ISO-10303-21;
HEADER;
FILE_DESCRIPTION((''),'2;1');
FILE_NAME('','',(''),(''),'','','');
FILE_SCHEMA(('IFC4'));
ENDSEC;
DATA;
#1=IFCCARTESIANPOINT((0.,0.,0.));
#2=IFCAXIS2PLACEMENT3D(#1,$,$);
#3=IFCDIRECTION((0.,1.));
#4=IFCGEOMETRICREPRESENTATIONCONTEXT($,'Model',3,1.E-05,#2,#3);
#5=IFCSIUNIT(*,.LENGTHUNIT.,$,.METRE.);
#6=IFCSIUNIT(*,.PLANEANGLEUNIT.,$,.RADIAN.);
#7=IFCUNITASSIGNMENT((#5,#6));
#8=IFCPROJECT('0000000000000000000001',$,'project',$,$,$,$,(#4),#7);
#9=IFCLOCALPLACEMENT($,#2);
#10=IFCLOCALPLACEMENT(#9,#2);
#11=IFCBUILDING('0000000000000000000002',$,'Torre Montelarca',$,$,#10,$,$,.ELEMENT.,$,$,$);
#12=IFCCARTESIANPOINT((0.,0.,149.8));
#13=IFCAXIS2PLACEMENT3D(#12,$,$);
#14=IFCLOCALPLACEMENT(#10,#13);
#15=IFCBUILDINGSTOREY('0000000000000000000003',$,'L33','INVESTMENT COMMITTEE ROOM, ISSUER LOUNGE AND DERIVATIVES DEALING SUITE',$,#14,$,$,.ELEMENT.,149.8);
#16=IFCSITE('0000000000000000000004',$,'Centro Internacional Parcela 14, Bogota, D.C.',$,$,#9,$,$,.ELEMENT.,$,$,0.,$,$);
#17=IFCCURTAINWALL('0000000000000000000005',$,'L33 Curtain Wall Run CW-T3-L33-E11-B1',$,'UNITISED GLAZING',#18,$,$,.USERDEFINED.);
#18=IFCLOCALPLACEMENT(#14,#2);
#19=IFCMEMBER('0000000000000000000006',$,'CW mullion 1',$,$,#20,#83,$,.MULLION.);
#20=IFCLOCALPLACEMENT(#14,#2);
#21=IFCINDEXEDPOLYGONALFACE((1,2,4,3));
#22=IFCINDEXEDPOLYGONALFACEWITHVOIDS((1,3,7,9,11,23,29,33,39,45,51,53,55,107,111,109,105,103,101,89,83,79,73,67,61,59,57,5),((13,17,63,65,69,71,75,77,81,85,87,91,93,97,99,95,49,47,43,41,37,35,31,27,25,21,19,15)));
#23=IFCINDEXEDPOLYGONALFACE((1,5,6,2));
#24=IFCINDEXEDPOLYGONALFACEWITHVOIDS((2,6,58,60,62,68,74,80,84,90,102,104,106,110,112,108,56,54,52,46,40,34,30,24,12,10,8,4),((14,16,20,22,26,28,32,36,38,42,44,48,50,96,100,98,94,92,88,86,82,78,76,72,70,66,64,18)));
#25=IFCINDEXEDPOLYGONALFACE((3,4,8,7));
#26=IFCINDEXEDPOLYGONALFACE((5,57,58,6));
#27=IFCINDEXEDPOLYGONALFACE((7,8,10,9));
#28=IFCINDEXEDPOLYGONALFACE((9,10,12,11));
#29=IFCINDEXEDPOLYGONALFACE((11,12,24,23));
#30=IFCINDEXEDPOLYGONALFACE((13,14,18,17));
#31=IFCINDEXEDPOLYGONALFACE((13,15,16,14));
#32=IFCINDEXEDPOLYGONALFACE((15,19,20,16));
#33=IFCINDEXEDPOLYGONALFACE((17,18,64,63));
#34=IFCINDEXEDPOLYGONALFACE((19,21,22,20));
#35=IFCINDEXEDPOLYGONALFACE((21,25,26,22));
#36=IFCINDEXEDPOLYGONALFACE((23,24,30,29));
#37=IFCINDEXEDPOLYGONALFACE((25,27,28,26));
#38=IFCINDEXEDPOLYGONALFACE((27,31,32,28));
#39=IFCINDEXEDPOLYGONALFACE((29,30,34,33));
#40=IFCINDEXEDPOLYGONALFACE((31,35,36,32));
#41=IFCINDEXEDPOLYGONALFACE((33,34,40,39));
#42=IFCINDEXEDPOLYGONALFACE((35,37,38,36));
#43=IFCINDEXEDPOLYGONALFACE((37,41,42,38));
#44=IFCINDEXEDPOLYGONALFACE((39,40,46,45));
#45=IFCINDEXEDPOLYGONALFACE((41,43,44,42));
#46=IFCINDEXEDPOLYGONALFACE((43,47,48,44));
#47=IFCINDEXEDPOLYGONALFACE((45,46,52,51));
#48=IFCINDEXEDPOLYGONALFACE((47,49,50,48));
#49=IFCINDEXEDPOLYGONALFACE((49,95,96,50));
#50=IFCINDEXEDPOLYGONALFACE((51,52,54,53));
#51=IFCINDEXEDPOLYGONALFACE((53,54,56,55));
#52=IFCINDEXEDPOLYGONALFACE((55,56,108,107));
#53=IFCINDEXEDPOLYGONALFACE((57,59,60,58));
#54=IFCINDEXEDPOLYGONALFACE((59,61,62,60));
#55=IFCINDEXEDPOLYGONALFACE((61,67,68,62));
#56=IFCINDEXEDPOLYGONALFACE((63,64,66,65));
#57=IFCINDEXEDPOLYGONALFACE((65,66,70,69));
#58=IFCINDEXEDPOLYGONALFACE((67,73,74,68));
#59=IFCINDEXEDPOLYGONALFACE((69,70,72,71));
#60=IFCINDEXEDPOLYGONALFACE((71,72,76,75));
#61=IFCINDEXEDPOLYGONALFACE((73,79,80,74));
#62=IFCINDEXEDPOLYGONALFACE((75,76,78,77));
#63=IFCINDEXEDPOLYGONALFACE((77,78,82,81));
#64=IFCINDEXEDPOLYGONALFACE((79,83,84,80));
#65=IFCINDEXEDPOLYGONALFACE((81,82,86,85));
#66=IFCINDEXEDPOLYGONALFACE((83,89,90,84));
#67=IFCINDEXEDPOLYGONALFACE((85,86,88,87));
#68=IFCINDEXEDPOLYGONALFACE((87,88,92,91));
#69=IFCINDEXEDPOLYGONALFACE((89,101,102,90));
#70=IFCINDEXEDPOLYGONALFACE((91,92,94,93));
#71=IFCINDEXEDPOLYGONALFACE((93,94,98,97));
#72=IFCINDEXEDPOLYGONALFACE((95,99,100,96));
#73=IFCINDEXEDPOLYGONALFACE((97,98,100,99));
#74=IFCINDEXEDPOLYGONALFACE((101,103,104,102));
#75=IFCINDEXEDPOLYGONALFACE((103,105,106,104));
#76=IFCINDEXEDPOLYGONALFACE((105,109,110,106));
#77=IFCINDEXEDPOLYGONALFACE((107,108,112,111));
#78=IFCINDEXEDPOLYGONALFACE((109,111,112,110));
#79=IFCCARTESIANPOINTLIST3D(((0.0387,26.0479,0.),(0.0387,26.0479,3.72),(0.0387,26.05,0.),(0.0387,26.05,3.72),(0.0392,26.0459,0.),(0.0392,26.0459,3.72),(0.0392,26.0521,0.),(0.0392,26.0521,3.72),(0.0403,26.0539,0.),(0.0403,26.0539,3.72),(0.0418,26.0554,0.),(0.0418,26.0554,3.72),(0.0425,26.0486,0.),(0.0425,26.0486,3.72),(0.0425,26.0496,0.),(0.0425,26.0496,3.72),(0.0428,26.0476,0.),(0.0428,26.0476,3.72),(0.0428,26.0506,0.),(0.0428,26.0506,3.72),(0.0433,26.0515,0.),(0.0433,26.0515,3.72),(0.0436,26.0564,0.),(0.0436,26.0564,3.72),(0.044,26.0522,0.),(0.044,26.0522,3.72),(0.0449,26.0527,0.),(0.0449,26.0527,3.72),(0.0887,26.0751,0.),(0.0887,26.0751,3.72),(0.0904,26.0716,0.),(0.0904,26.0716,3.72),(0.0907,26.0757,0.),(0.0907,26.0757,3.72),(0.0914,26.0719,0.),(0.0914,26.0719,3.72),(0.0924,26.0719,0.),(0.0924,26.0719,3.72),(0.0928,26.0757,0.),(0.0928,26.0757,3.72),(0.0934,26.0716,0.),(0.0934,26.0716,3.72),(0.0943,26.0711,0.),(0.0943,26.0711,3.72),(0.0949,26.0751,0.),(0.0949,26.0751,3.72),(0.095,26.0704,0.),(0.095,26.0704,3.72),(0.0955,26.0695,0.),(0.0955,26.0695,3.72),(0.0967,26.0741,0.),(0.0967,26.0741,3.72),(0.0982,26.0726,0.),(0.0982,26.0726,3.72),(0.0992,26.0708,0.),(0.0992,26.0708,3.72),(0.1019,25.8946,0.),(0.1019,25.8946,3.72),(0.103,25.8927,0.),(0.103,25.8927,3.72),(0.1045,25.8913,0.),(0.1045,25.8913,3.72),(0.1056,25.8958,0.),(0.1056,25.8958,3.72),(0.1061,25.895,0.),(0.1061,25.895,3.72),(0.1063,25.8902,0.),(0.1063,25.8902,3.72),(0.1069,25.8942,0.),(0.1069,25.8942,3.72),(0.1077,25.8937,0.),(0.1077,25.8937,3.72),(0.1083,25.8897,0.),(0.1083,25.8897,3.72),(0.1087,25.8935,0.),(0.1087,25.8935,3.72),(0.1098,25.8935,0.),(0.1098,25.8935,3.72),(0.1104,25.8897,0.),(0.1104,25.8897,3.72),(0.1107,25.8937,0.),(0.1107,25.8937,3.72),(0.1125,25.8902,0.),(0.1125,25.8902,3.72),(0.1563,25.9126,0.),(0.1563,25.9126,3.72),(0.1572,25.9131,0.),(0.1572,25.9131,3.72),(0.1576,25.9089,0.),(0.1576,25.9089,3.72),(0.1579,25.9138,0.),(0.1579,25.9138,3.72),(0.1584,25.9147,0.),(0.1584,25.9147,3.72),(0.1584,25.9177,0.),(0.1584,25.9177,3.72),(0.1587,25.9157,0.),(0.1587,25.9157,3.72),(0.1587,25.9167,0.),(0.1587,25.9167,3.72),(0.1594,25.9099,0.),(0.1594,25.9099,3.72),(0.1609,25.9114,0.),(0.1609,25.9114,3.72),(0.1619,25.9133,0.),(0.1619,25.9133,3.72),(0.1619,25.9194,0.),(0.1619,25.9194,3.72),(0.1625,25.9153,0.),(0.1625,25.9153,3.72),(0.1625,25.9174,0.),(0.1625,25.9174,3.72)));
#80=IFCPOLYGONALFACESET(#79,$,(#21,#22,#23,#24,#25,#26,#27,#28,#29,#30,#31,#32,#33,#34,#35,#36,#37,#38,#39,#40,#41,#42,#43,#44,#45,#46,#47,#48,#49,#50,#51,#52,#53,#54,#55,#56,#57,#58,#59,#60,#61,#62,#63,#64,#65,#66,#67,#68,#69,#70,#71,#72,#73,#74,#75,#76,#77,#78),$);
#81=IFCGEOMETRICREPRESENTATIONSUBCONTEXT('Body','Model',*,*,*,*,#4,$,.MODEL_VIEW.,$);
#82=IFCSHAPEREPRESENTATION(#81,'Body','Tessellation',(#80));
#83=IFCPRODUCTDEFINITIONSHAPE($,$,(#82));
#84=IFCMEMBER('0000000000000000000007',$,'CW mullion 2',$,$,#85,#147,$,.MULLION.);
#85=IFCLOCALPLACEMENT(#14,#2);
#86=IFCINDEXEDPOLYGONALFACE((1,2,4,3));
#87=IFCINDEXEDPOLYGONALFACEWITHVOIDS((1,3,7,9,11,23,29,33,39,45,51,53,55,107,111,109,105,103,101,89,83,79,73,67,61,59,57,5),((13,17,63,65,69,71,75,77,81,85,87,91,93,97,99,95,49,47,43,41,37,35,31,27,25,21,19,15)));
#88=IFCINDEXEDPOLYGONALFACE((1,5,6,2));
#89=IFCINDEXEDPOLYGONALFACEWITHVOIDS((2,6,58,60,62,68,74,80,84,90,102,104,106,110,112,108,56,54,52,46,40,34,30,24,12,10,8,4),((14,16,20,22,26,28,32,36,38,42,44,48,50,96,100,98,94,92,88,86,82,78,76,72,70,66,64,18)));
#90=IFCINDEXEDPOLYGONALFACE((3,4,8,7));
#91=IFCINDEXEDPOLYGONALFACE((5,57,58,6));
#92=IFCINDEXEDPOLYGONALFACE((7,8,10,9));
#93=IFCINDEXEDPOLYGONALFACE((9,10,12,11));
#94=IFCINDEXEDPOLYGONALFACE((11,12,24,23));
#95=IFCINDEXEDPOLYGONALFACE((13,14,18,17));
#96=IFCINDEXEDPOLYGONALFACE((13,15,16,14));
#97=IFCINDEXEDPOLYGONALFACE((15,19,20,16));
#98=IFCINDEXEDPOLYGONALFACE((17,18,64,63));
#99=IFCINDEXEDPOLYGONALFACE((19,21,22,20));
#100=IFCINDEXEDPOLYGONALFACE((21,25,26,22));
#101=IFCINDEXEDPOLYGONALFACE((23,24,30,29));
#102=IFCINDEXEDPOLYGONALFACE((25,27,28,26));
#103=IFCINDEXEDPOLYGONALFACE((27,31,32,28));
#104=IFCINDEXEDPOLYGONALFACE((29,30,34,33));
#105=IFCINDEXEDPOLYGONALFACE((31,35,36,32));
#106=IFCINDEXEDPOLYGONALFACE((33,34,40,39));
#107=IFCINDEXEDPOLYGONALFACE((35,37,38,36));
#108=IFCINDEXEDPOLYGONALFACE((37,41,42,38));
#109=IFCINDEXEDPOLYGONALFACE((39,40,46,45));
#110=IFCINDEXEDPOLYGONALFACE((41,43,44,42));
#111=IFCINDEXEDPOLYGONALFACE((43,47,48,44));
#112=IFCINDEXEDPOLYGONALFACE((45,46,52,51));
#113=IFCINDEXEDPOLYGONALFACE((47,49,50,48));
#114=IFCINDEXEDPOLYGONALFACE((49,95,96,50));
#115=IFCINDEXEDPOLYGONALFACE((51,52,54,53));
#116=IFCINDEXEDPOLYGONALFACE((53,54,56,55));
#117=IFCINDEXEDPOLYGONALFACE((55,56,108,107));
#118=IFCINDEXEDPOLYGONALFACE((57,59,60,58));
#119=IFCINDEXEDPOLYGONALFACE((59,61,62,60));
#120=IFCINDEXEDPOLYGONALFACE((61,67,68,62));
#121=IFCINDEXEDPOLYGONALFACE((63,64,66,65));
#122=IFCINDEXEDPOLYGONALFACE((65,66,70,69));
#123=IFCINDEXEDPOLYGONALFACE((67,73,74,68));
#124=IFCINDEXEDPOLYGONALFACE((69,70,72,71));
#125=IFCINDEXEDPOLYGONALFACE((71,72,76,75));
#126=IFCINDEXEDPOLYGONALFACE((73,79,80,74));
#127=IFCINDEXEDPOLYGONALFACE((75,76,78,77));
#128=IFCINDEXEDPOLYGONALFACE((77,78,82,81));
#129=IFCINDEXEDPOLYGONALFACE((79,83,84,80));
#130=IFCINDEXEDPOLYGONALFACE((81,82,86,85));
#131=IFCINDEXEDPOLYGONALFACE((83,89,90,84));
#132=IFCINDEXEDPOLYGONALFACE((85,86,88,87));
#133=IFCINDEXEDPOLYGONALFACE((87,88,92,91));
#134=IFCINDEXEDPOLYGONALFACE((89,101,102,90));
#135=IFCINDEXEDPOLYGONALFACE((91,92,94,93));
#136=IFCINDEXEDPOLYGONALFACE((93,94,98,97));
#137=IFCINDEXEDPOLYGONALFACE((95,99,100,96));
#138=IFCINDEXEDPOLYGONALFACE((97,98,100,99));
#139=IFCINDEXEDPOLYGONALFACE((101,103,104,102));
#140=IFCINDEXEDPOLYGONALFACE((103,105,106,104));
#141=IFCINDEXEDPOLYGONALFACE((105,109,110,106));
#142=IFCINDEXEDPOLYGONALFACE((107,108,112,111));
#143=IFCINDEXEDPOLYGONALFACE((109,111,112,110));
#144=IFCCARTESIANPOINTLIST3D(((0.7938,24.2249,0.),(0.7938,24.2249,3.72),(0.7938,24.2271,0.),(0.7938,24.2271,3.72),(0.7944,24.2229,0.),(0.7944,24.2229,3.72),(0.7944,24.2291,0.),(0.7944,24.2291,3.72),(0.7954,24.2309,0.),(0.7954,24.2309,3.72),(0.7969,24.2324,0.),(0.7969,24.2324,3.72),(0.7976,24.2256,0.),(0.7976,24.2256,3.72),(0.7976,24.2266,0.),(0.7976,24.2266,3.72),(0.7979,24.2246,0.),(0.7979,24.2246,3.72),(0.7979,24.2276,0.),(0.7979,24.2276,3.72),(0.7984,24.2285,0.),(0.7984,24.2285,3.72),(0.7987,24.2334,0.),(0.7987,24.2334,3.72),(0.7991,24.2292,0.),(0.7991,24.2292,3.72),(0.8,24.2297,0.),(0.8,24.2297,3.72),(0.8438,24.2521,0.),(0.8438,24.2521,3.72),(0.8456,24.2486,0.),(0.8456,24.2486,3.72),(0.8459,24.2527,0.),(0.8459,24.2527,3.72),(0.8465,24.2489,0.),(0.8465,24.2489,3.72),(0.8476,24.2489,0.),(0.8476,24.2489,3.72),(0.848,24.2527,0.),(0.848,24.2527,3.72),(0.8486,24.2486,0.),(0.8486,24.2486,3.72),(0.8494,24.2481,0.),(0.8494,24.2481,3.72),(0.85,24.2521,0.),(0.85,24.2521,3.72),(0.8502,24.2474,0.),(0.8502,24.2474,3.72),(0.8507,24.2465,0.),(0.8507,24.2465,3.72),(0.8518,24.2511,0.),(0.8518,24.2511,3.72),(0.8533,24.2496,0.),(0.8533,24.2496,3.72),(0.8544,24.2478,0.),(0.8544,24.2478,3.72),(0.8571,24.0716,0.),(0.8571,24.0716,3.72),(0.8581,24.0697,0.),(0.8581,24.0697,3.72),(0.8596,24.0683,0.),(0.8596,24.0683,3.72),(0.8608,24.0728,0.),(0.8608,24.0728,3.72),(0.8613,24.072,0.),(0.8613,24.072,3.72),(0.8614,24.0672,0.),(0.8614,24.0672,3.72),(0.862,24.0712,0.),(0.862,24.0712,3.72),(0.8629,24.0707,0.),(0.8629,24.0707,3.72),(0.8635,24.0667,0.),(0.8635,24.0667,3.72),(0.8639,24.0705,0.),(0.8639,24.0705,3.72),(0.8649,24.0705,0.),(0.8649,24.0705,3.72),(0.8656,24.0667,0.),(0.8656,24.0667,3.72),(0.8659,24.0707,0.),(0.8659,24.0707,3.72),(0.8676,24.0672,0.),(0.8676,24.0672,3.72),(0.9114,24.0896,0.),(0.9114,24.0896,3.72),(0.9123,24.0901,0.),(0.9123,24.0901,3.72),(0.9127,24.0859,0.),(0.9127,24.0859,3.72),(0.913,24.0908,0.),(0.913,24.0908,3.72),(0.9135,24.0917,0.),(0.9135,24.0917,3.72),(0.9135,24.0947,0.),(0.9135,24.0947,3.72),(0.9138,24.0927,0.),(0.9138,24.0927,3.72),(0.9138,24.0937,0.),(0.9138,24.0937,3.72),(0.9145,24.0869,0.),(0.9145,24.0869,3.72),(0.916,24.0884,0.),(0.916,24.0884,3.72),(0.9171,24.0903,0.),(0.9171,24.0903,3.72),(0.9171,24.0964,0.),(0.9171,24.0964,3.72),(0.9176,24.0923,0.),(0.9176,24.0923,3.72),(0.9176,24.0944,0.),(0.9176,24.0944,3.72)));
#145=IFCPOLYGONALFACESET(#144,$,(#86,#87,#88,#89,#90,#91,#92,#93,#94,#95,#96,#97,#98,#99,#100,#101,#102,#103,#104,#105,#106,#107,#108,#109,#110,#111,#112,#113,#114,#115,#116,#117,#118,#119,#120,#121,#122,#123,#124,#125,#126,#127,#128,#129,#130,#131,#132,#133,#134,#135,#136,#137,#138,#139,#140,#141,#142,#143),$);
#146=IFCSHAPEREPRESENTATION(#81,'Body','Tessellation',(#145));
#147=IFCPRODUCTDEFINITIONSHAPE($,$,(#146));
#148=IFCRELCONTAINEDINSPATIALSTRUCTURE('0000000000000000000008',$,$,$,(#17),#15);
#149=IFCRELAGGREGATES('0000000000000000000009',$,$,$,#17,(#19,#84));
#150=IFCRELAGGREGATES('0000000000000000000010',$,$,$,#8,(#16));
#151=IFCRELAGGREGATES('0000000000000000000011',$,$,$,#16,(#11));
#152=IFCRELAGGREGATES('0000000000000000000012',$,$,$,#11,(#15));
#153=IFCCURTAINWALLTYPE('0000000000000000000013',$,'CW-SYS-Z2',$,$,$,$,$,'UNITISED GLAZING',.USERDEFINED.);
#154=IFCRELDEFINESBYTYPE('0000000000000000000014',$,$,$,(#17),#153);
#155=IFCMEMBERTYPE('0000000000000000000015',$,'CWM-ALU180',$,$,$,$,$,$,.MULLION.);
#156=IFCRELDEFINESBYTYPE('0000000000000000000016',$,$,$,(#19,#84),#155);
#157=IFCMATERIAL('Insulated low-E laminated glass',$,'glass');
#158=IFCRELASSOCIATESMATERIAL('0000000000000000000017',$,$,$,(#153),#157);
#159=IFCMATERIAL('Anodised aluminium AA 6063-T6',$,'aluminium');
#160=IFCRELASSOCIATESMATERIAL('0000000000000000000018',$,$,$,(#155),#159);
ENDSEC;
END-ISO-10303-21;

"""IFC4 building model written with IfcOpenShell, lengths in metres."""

from ifc_helpers import new_model, si_unit, direction, frame, origin, origin_2d, place, context, subcontext, project, spatial, hollow_rectangle, extrude, source, transform, mapped, material, material_profile, profile_set, type_object, element, aggregate, save


model = new_model("IFC4")

# Units and contexts
model_context = context("Model", 3, precision=1e-05, world=origin(), true_north=direction((0.0, 1.0)))
body_context = subcontext(model_context, "Body", "Model", "MODEL_VIEW")
ifc_project = project(units=[si_unit("LENGTHUNIT", "METRE"), si_unit("PLANEANGLEUNIT", "RADIAN")], contexts=[model_context])

# Site, building, storey
site_placement = place(None, origin())
site = spatial("IfcSite", under=ifc_project, at=site_placement, Name="Centro Internacional Parcela 14, Bogota, D.C.", CompositionType="ELEMENT", RefElevation=0.0)
building_placement = place(site_placement, origin())
building = spatial("IfcBuilding", under=site, at=building_placement, Name="Torre Montelarca", CompositionType="ELEMENT")
storey_placement = place(building_placement, frame((0.0, 0.0, 149.8)))
storey = spatial("IfcBuildingStorey", under=building, at=storey_placement, Name="L33", Description="INVESTMENT COMMITTEE ROOM, ISSUER LOUNGE AND DERIVATIVES DEALING SUITE", CompositionType="ELEMENT", Elevation=149.8)

# Curtain wall, members
ifc_material_1 = material(Name="Insulated low-E laminated glass", Category="glass")
curtain_wall_type = type_object("IfcCurtainWallType", Name="CW-SYS-Z2", ElementType="UNITISED GLAZING", PredefinedType="USERDEFINED", material=ifc_material_1)
curtain_wall_1_placement = place(storey_placement, origin())
curtain_wall_1 = element("IfcCurtainWall", 1, at=curtain_wall_1_placement, inside=storey, type_object=curtain_wall_type, Name="L33 Curtain Wall Run CW-T3-L33-E11-B1", ObjectType="UNITISED GLAZING", PredefinedType="USERDEFINED")
ifc_material_2 = material(Name="Anodised aluminium AA 6063-T6", Category="aluminium")
ifc_material_profile_1 = material_profile(ifc_material_2, hollow_rectangle(XDim=0.0649, YDim=0.1799, WallThickness=0.0039, InnerFilletRadius=0.0039, OuterFilletRadius=0.0081, at=origin_2d()), Name="ALU65X180X4", Category="aluminium")
ifc_profile_set_1 = profile_set([ifc_material_profile_1], Name="Anodised aluminium AA 6063-T6")
member_type_1 = type_object("IfcMemberType", Name="CWM-ALU180", PredefinedType="MULLION", material=ifc_profile_set_1)
shared_shape_1 = source(origin(), body_context, "Body", "SweptSolid", [
    extrude(hollow_rectangle(XDim=0.0649, YDim=0.1799, WallThickness=0.0039, InnerFilletRadius=0.0039, OuterFilletRadius=0.0081, at=origin_2d()), origin(), (0.0, 0.0, 1.0), 3.72),
])
member_1_placement = place(storey_placement, frame((0.1006, 25.9827, 0.0), z_axis=(0.0, 0.0, 1.0), x_axis=(0.92388, 0.382683, 0.0)))
member_1 = element("IfcMember", 2, at=member_1_placement, type_object=member_type_1, Name="CW mullion 1", PredefinedType="MULLION", context=body_context, shape_type="MappedRepresentation", body=[
    mapped(shared_shape_1, transform((0.0, 0.0, 0.0), scale=1.0)),
])
member_2_placement = place(storey_placement, frame((0.8557, 24.1597, 0.0), z_axis=(0.0, 0.0, 1.0), x_axis=(0.92388, 0.382683, 0.0)))
member_2 = element("IfcMember", 3, at=member_2_placement, type_object=member_type_1, Name="CW mullion 2", PredefinedType="MULLION", context=body_context, shape_type="MappedRepresentation", body=[
    mapped(shared_shape_1, transform((0.0, 0.0, 0.0), scale=1.0)),
])

aggregate(curtain_wall_1, [member_1, member_2])

save(model, "model.ifc")
